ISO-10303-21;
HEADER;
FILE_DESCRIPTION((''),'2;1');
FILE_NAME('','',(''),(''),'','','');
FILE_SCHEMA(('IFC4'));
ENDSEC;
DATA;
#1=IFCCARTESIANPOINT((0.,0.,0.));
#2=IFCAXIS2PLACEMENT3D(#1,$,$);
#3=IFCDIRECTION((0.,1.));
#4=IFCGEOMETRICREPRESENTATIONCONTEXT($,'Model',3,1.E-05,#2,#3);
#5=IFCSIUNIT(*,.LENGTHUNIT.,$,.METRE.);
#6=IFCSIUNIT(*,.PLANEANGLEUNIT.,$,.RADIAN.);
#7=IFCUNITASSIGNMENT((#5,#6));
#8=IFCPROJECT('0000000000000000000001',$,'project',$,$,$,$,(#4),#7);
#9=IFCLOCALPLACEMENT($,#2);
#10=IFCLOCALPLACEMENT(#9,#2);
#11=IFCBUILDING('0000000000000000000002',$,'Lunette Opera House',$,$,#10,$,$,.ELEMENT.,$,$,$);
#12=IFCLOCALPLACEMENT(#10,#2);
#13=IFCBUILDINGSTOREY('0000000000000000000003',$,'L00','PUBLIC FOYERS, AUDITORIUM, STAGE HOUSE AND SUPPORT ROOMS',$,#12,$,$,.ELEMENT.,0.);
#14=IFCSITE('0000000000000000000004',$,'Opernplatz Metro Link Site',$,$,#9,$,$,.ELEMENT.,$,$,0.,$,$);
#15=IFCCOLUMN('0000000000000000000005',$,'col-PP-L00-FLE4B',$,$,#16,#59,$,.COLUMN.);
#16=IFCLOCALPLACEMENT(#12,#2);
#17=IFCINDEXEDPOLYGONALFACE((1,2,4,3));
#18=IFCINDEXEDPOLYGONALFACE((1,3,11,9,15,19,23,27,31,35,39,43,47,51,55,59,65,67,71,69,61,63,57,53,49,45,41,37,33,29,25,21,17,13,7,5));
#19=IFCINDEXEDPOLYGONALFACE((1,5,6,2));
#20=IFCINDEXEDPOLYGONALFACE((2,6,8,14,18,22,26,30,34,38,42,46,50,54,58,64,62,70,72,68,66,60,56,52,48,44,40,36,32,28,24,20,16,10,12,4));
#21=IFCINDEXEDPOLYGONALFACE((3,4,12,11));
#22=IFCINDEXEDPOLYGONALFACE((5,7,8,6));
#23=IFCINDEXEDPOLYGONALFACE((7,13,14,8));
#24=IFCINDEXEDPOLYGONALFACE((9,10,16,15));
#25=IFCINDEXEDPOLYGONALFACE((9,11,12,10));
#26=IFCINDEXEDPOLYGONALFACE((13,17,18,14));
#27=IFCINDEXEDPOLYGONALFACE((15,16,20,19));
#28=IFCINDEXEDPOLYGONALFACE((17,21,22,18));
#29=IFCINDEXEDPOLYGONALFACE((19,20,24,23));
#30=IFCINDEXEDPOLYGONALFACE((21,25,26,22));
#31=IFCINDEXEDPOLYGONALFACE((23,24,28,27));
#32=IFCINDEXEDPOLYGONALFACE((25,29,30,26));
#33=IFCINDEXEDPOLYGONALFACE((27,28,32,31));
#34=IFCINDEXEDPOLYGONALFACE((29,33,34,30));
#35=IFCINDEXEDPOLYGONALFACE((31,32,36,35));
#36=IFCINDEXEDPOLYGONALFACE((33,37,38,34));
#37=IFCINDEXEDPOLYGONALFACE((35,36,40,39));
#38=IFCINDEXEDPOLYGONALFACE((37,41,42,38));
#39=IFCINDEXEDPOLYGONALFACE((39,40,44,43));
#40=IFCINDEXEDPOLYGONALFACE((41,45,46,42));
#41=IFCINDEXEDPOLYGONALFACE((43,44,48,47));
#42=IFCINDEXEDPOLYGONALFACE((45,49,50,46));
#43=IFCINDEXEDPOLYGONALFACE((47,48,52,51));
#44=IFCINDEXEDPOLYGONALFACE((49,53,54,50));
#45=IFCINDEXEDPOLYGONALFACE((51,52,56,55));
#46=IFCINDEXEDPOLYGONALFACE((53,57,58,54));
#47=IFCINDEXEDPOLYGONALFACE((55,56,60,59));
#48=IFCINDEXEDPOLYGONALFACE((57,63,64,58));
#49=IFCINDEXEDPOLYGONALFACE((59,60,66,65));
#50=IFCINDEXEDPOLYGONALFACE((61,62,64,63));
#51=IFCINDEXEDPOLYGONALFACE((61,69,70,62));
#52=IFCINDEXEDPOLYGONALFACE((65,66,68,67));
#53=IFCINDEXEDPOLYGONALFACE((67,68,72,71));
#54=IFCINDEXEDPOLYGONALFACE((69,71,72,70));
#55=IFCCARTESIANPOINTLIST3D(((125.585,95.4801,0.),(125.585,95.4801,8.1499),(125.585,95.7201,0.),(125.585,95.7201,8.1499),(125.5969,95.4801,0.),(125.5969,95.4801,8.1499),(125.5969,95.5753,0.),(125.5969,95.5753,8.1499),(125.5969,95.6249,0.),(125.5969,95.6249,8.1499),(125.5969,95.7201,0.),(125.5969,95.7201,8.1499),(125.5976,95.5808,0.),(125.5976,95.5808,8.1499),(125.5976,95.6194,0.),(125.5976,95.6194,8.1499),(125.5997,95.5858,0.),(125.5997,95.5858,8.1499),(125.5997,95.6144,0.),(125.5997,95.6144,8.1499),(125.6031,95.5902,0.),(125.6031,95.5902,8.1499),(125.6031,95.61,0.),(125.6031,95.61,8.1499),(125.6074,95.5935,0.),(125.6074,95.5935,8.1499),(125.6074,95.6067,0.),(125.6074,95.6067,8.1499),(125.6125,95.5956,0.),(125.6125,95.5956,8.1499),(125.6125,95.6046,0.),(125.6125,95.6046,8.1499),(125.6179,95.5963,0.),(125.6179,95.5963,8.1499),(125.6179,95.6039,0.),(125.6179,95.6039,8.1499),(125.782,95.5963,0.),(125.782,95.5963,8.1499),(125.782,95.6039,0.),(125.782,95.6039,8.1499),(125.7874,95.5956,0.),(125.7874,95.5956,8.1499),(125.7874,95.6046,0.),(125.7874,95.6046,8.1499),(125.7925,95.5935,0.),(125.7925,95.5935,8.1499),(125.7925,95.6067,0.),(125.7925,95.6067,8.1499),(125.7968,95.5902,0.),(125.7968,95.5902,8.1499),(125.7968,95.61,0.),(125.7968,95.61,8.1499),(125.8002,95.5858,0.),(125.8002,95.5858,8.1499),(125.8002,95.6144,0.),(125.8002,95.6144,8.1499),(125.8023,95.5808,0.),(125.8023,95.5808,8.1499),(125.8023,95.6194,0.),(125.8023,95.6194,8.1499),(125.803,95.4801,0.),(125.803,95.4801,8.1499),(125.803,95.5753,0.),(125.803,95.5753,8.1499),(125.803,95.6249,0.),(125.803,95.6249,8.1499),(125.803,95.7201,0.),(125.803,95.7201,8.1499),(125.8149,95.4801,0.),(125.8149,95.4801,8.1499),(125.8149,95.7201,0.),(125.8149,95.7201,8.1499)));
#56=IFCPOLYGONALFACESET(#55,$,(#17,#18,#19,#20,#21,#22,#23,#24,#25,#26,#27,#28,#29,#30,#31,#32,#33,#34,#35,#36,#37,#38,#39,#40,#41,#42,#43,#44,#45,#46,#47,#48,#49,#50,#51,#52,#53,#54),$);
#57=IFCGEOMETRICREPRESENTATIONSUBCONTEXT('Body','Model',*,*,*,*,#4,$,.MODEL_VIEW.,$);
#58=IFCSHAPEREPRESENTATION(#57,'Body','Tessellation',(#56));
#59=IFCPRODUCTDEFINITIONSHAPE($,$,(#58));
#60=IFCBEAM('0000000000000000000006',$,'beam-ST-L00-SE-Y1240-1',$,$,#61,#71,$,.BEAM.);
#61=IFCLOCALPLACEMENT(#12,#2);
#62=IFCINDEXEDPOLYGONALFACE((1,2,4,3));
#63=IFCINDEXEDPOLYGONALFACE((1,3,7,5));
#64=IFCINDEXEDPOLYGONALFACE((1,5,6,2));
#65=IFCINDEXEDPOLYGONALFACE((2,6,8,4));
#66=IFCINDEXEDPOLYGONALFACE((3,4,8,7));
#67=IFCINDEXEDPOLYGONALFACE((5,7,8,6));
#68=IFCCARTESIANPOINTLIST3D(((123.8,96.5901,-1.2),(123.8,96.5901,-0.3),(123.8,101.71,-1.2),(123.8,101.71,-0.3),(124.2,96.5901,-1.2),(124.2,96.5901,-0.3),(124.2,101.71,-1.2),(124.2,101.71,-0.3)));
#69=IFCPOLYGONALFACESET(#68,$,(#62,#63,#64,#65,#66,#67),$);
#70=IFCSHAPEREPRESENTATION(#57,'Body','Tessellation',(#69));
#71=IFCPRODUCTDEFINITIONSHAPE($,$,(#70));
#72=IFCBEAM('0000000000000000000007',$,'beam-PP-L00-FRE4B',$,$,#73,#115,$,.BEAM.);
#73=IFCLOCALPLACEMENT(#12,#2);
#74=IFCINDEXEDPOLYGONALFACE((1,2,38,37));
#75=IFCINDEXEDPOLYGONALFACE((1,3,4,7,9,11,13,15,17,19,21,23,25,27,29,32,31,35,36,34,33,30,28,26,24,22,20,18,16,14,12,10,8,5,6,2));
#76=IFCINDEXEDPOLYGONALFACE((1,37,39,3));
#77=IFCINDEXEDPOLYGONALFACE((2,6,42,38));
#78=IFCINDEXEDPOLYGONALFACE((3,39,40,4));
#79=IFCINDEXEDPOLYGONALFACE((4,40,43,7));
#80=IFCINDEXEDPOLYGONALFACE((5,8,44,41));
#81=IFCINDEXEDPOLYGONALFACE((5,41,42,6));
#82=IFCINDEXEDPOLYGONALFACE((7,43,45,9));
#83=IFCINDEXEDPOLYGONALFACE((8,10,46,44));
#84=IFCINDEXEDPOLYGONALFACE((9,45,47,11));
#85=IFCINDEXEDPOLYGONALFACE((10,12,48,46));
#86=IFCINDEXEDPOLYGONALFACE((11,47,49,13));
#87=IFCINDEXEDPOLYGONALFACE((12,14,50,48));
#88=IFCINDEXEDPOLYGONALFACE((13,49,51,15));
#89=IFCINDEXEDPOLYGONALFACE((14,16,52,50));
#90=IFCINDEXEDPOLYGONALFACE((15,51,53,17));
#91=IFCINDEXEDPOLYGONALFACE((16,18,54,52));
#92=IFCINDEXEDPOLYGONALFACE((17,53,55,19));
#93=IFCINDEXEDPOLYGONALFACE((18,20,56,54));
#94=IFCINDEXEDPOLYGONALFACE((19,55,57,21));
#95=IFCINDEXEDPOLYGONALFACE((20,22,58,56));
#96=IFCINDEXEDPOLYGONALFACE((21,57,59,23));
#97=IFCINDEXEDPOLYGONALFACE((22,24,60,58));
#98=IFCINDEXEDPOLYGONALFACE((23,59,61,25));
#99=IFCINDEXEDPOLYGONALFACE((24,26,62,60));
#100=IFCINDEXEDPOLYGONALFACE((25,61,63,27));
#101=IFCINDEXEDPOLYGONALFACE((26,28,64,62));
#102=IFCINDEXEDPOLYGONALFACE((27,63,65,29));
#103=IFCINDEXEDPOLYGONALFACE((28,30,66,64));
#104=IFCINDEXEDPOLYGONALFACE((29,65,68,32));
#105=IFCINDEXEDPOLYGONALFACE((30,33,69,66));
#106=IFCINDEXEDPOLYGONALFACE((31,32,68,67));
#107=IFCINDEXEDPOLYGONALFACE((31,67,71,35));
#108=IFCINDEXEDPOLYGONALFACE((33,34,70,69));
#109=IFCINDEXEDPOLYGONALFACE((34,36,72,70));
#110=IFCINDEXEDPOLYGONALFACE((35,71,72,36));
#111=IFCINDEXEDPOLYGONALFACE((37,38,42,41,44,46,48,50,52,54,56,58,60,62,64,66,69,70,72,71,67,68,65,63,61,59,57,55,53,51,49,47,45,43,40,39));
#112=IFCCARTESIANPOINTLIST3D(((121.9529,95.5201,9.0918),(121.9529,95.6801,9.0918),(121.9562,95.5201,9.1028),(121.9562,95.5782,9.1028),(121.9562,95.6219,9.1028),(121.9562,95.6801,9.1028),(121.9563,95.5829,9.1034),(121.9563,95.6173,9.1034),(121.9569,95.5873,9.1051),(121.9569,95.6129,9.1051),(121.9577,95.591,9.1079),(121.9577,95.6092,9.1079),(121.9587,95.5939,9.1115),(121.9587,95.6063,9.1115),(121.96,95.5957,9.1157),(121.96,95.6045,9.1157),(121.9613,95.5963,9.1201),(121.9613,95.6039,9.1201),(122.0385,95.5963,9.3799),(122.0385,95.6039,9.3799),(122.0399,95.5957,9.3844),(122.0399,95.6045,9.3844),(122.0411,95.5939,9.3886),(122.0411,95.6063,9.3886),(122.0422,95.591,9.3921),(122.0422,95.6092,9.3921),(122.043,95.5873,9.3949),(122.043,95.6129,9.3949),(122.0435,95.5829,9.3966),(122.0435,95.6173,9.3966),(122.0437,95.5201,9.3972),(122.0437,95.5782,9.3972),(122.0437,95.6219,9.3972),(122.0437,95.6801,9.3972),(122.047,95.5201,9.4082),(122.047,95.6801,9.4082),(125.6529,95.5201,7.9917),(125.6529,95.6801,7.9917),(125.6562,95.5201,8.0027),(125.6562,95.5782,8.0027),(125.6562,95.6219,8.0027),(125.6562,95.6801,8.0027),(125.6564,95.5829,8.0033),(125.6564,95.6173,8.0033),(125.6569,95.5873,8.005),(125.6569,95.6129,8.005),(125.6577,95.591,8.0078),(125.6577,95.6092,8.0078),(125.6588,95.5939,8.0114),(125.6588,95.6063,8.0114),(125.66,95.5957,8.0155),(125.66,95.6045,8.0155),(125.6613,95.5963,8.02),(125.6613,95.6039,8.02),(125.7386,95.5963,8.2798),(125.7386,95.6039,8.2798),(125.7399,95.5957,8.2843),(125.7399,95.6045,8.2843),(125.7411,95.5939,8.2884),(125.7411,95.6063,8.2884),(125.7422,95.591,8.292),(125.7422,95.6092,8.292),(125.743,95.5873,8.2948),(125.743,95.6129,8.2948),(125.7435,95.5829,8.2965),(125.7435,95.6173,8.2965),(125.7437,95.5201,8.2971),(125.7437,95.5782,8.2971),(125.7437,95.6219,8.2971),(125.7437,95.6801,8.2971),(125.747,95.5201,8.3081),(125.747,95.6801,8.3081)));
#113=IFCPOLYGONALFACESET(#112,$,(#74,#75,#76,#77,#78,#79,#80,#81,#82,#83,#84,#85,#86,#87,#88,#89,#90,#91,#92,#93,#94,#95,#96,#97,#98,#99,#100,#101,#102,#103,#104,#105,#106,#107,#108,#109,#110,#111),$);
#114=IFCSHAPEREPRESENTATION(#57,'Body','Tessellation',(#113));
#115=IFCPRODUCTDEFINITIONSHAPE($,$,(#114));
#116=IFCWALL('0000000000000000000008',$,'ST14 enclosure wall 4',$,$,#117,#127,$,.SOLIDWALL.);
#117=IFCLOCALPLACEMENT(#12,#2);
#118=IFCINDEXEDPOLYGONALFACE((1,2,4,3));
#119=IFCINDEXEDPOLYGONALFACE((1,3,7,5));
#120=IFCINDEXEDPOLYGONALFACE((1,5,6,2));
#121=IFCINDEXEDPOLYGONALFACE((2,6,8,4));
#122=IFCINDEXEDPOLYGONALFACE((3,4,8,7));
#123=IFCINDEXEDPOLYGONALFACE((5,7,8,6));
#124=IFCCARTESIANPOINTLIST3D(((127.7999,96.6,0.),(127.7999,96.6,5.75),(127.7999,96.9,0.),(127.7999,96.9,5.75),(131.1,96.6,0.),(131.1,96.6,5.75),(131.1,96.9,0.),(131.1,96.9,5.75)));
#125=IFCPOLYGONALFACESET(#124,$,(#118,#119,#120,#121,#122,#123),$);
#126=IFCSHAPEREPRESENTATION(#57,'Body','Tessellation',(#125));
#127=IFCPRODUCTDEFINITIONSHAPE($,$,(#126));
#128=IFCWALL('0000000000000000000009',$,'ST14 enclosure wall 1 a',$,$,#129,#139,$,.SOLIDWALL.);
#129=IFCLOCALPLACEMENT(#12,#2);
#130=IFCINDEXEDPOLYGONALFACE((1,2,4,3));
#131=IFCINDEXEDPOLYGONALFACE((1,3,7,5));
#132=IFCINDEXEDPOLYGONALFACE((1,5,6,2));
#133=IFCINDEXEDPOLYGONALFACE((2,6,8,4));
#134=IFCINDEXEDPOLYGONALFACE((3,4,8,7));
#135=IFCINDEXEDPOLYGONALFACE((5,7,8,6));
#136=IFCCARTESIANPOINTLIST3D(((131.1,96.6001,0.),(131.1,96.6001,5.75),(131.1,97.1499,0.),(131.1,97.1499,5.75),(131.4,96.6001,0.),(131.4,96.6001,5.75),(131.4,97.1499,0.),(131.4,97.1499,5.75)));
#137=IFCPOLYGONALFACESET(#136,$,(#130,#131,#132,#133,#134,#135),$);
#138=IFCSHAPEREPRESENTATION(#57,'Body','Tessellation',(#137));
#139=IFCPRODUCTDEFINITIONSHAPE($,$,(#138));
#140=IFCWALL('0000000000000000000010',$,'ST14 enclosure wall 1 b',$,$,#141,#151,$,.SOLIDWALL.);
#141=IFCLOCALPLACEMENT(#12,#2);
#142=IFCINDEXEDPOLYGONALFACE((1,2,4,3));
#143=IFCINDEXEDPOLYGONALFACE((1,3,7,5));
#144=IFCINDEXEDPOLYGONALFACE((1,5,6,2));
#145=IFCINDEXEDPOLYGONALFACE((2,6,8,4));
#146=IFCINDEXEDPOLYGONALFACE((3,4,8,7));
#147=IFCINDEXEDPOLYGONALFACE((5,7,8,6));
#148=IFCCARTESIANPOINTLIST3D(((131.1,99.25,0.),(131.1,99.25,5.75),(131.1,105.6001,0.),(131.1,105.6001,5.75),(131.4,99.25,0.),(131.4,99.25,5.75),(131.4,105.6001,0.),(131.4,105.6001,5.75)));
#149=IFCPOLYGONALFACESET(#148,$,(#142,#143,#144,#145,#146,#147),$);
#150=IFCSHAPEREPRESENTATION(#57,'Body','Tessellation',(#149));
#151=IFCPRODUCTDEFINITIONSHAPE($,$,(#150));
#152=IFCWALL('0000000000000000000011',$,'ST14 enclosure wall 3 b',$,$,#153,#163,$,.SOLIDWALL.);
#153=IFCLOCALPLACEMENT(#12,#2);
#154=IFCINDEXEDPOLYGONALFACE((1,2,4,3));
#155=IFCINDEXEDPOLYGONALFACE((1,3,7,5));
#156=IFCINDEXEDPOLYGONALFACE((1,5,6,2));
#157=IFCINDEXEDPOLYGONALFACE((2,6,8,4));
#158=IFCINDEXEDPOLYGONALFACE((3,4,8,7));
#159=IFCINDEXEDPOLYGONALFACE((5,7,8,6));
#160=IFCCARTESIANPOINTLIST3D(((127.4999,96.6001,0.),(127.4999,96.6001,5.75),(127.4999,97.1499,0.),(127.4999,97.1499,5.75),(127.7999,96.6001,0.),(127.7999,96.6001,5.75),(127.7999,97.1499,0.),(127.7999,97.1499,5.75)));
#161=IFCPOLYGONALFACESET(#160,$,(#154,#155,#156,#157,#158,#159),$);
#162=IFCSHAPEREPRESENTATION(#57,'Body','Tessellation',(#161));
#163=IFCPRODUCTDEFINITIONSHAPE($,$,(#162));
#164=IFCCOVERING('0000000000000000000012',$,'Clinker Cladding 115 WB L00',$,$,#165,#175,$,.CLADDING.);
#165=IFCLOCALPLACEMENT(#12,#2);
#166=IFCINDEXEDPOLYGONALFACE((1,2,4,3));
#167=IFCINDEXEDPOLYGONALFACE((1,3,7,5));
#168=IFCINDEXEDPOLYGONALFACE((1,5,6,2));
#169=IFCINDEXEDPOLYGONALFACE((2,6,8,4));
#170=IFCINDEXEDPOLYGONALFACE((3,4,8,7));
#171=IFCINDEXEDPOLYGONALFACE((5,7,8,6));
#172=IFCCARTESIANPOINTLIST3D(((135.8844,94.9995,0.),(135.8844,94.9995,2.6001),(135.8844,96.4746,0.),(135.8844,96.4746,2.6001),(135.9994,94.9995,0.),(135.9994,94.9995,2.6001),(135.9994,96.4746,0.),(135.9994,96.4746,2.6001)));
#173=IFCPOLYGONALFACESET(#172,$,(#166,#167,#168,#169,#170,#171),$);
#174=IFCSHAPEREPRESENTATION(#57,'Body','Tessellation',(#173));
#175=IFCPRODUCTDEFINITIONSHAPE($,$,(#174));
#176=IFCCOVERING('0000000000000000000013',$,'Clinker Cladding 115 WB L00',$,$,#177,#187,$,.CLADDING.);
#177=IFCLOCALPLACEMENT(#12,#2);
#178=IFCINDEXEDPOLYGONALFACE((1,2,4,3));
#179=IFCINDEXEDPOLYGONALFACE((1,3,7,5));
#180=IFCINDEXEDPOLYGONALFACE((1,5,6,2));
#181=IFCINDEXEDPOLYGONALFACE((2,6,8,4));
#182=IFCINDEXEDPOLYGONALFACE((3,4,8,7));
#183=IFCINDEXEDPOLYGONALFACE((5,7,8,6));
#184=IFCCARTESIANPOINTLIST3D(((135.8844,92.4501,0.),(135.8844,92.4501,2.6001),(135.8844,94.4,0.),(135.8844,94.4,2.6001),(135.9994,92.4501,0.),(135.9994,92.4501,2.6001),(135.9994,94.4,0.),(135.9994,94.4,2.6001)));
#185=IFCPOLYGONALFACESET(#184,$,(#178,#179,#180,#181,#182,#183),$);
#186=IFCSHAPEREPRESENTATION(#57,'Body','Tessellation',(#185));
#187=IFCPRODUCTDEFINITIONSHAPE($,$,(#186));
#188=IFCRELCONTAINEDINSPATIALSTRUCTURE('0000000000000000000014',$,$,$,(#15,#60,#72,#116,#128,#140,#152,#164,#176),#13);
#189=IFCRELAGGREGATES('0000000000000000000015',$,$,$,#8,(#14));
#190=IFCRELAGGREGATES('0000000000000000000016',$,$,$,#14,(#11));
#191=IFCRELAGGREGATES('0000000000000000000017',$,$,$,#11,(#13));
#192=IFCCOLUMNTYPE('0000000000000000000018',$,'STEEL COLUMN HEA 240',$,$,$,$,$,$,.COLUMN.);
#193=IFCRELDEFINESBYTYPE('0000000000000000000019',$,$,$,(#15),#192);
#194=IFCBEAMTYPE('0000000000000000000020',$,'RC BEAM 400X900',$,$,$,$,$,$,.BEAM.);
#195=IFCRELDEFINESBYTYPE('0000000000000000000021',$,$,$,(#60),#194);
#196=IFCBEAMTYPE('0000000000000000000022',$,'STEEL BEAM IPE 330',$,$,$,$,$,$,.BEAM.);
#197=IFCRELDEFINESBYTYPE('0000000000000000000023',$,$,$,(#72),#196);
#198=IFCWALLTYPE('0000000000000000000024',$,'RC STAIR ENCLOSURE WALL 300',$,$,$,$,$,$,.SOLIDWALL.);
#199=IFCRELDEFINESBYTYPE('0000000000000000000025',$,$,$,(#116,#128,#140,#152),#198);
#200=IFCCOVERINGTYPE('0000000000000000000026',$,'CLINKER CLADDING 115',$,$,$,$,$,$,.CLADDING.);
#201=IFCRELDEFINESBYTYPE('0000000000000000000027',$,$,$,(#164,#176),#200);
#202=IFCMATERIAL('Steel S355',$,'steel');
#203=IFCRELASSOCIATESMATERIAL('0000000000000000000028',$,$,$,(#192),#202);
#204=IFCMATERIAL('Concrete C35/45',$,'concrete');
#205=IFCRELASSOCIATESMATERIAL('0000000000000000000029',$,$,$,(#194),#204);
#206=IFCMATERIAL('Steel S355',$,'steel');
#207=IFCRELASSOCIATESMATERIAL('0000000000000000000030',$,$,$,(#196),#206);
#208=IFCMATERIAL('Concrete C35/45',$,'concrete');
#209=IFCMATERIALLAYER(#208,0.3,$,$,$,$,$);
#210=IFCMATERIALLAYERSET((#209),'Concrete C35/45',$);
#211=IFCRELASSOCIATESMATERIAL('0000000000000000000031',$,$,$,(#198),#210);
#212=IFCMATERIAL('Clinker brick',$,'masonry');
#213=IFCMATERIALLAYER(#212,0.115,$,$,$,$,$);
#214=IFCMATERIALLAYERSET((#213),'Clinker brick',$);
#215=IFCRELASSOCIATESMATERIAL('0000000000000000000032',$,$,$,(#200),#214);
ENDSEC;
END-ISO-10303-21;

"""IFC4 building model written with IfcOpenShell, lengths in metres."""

from ifc_helpers import new_model, si_unit, direction, frame, frame_2d, origin, origin_2d, place, context, subcontext, project, spatial, rectangle, i_section, extrude, material, layer, layer_set, material_profile, profile_set, type_object, element, save


model = new_model("IFC4")

# Units and contexts
model_context = context("Model", 3, precision=1e-05, world=origin(), true_north=direction((0.0, 1.0)))
body_context = subcontext(model_context, "Body", "Model", "MODEL_VIEW")
ifc_project = project(units=[si_unit("LENGTHUNIT", "METRE"), si_unit("PLANEANGLEUNIT", "RADIAN")], contexts=[model_context])

# Site, building, storey
site_placement = place(None, origin())
site = spatial("IfcSite", under=ifc_project, at=site_placement, Name="Opernplatz Metro Link Site", CompositionType="ELEMENT", RefElevation=0.0)
building_placement = place(site_placement, origin())
building = spatial("IfcBuilding", under=site, at=building_placement, Name="Lunette Opera House", CompositionType="ELEMENT")
storey_placement = place(building_placement, origin())
storey = spatial("IfcBuildingStorey", under=building, at=storey_placement, Name="L00", Description="PUBLIC FOYERS, AUDITORIUM, STAGE HOUSE AND SUPPORT ROOMS", CompositionType="ELEMENT", Elevation=0.0)

# Column
ifc_material_1 = material(Name="Steel S355", Category="steel")
ifc_material_profile_1 = material_profile(ifc_material_1, i_section(OverallWidth=0.24, OverallDepth=0.23, WebThickness=0.0076, FlangeThickness=0.012, FilletRadius=0.021, at=origin_2d()), Name="HEA 240")
ifc_profile_set_1 = profile_set([ifc_material_profile_1], Name="Steel S355")
column_type = type_object("IfcColumnType", Name="STEEL COLUMN HEA 240", PredefinedType="COLUMN", material=ifc_profile_set_1)
column_placement = place(storey_placement, frame((125.7, 95.6001, 0.0), z_axis=(0.0, 0.0, 1.0), x_axis=(0.0, 1.0, 0.0)))
element("IfcColumn", 1, at=column_placement, inside=storey, type_object=column_type, Name="col-PP-L00-FLE4B", PredefinedType="COLUMN", context=body_context, shape_type="SweptSolid", body=[
    extrude(i_section(OverallWidth=0.24, OverallDepth=0.23, WebThickness=0.0076, FlangeThickness=0.012, FilletRadius=0.021, at=origin_2d()), origin(), (0.0, 0.0, 1.0), 8.1499),
])

# Beams
ifc_material_2 = material(Name="Concrete C35/45", Category="concrete")
ifc_material_profile_2 = material_profile(ifc_material_2, rectangle(XDim=0.3999, YDim=0.8999, at=origin_2d()), Name="RC BEAM 400X900")
ifc_profile_set_2 = profile_set([ifc_material_profile_2], Name="Concrete C35/45")
beam_type_1 = type_object("IfcBeamType", Name="RC BEAM 400X900", PredefinedType="BEAM", material=ifc_profile_set_2)
beam_1_placement = place(storey_placement, frame((124.0, 96.5901, -0.75), z_axis=(0.0, 1.0, 0.0), x_axis=(-1.0, 0.0, 0.0)))
element("IfcBeam", 2, at=beam_1_placement, inside=storey, type_object=beam_type_1, Name="beam-ST-L00-SE-Y1240-1", PredefinedType="BEAM", context=body_context, shape_type="SweptSolid", body=[
    extrude(rectangle(XDim=0.3999, YDim=0.8999, at=origin_2d()), origin(), (0.0, 0.0, 1.0), 5.1199),
])
ifc_material_3 = material(Name="Steel S355", Category="steel")
ifc_material_profile_3 = material_profile(ifc_material_3, i_section(OverallWidth=0.1599, OverallDepth=0.3301, WebThickness=0.0076, FlangeThickness=0.0115, FilletRadius=0.0181, at=origin_2d()), Name="IPE 330")
ifc_profile_set_3 = profile_set([ifc_material_profile_3], Name="Steel S355")
beam_type_2 = type_object("IfcBeamType", Name="STEEL BEAM IPE 330", PredefinedType="BEAM", material=ifc_profile_set_3)
beam_2_placement = place(storey_placement, frame((125.7, 95.6001, 8.1499), z_axis=(-0.958528, 0.0, 0.284997), x_axis=(0.0, -1.0, 0.0)))
element("IfcBeam", 3, at=beam_2_placement, inside=storey, type_object=beam_type_2, Name="beam-PP-L00-FRE4B", PredefinedType="BEAM", context=body_context, shape_type="SweptSolid", body=[
    extrude(i_section(OverallWidth=0.1599, OverallDepth=0.3301, WebThickness=0.0076, FlangeThickness=0.0115, FilletRadius=0.0181, at=origin_2d()), origin(), (0.0, 0.0, 1.0), 3.8601),
])

# Walls
ifc_material_4 = material(Name="Concrete C35/45", Category="concrete")
ifc_layer_1 = layer(ifc_material_4, 0.3)
ifc_layer_set_1 = layer_set([ifc_layer_1], Name="Concrete C35/45")
wall_type_1 = type_object("IfcWallType", Name="RC STAIR ENCLOSURE WALL 300", PredefinedType="SOLIDWALL", material=ifc_layer_set_1)
wall_1_placement = place(storey_placement, frame((127.8, 96.75, 0.0), z_axis=(0.0, 0.0, 1.0), x_axis=(1.0, 0.0, 0.0)))
element("IfcWall", 4, at=wall_1_placement, inside=storey, type_object=wall_type_1, Name="ST14 enclosure wall 4", PredefinedType="SOLIDWALL", context=body_context, shape_type="SweptSolid", body=[
    extrude(rectangle(XDim=3.3, YDim=0.3, at=frame_2d((1.6499, 0.0))), origin(), (0.0, 0.0, 1.0), 5.75),
])
wall_2_placement = place(storey_placement, frame((131.25, 96.6001, 0.0), z_axis=(0.0, 0.0, 1.0), x_axis=(0.0, 1.0, 0.0)))
element("IfcWall", 5, at=wall_2_placement, inside=storey, type_object=wall_type_1, Name="ST14 enclosure wall 1 a", PredefinedType="SOLIDWALL", context=body_context, shape_type="SweptSolid", body=[
    extrude(rectangle(XDim=0.5498, YDim=0.3, at=frame_2d((0.2749, 0.0))), origin(), (0.0, 0.0, 1.0), 5.75),
])
wall_3_placement = place(storey_placement, frame((131.25, 99.25, 0.0), z_axis=(0.0, 0.0, 1.0), x_axis=(0.0, 1.0, 0.0)))
element("IfcWall", 6, at=wall_3_placement, inside=storey, type_object=wall_type_1, Name="ST14 enclosure wall 1 b", PredefinedType="SOLIDWALL", context=body_context, shape_type="SweptSolid", body=[
    extrude(rectangle(XDim=6.3501, YDim=0.3, at=frame_2d((3.175, 0.0))), origin(), (0.0, 0.0, 1.0), 5.75),
])
wall_4_placement = place(storey_placement, frame((127.6499, 97.1499, 0.0), z_axis=(0.0, 0.0, 1.0), x_axis=(0.0, -1.0, 0.0)))
element("IfcWall", 7, at=wall_4_placement, inside=storey, type_object=wall_type_1, Name="ST14 enclosure wall 3 b", PredefinedType="SOLIDWALL", context=body_context, shape_type="SweptSolid", body=[
    extrude(rectangle(XDim=0.5498, YDim=0.3, at=frame_2d((0.2749, 0.0))), origin(), (0.0, 0.0, 1.0), 5.75),
])

# Coverings
ifc_material_5 = material(Name="Clinker brick", Category="masonry")
ifc_layer_2 = layer(ifc_material_5, 0.115)
ifc_layer_set_2 = layer_set([ifc_layer_2], Name="Clinker brick")
covering_type_1 = type_object("IfcCoveringType", Name="CLINKER CLADDING 115", PredefinedType="CLADDING", material=ifc_layer_set_2)
covering_1_placement = place(storey_placement, frame((135.9419, 95.7371, 0.0), z_axis=(0.0, 0.0, 1.0), x_axis=(0.0, -1.0, 0.0)))
element("IfcCovering", 8, at=covering_1_placement, inside=storey, type_object=covering_type_1, Name="Clinker Cladding 115 WB L00", PredefinedType="CLADDING", context=body_context, shape_type="SweptSolid", body=[
    extrude(rectangle(XDim=1.4751, YDim=0.115, at=origin_2d()), origin(), (0.0, 0.0, 1.0), 2.6001),
])
covering_2_placement = place(storey_placement, frame((135.9419, 93.425, 0.0), z_axis=(0.0, 0.0, 1.0), x_axis=(0.0, -1.0, 0.0)))
element("IfcCovering", 9, at=covering_2_placement, inside=storey, type_object=covering_type_1, Name="Clinker Cladding 115 WB L00", PredefinedType="CLADDING", context=body_context, shape_type="SweptSolid", body=[
    extrude(rectangle(XDim=1.95, YDim=0.115, at=origin_2d()), origin(), (0.0, 0.0, 1.0), 2.6001),
])

save(model, "model.ifc")
